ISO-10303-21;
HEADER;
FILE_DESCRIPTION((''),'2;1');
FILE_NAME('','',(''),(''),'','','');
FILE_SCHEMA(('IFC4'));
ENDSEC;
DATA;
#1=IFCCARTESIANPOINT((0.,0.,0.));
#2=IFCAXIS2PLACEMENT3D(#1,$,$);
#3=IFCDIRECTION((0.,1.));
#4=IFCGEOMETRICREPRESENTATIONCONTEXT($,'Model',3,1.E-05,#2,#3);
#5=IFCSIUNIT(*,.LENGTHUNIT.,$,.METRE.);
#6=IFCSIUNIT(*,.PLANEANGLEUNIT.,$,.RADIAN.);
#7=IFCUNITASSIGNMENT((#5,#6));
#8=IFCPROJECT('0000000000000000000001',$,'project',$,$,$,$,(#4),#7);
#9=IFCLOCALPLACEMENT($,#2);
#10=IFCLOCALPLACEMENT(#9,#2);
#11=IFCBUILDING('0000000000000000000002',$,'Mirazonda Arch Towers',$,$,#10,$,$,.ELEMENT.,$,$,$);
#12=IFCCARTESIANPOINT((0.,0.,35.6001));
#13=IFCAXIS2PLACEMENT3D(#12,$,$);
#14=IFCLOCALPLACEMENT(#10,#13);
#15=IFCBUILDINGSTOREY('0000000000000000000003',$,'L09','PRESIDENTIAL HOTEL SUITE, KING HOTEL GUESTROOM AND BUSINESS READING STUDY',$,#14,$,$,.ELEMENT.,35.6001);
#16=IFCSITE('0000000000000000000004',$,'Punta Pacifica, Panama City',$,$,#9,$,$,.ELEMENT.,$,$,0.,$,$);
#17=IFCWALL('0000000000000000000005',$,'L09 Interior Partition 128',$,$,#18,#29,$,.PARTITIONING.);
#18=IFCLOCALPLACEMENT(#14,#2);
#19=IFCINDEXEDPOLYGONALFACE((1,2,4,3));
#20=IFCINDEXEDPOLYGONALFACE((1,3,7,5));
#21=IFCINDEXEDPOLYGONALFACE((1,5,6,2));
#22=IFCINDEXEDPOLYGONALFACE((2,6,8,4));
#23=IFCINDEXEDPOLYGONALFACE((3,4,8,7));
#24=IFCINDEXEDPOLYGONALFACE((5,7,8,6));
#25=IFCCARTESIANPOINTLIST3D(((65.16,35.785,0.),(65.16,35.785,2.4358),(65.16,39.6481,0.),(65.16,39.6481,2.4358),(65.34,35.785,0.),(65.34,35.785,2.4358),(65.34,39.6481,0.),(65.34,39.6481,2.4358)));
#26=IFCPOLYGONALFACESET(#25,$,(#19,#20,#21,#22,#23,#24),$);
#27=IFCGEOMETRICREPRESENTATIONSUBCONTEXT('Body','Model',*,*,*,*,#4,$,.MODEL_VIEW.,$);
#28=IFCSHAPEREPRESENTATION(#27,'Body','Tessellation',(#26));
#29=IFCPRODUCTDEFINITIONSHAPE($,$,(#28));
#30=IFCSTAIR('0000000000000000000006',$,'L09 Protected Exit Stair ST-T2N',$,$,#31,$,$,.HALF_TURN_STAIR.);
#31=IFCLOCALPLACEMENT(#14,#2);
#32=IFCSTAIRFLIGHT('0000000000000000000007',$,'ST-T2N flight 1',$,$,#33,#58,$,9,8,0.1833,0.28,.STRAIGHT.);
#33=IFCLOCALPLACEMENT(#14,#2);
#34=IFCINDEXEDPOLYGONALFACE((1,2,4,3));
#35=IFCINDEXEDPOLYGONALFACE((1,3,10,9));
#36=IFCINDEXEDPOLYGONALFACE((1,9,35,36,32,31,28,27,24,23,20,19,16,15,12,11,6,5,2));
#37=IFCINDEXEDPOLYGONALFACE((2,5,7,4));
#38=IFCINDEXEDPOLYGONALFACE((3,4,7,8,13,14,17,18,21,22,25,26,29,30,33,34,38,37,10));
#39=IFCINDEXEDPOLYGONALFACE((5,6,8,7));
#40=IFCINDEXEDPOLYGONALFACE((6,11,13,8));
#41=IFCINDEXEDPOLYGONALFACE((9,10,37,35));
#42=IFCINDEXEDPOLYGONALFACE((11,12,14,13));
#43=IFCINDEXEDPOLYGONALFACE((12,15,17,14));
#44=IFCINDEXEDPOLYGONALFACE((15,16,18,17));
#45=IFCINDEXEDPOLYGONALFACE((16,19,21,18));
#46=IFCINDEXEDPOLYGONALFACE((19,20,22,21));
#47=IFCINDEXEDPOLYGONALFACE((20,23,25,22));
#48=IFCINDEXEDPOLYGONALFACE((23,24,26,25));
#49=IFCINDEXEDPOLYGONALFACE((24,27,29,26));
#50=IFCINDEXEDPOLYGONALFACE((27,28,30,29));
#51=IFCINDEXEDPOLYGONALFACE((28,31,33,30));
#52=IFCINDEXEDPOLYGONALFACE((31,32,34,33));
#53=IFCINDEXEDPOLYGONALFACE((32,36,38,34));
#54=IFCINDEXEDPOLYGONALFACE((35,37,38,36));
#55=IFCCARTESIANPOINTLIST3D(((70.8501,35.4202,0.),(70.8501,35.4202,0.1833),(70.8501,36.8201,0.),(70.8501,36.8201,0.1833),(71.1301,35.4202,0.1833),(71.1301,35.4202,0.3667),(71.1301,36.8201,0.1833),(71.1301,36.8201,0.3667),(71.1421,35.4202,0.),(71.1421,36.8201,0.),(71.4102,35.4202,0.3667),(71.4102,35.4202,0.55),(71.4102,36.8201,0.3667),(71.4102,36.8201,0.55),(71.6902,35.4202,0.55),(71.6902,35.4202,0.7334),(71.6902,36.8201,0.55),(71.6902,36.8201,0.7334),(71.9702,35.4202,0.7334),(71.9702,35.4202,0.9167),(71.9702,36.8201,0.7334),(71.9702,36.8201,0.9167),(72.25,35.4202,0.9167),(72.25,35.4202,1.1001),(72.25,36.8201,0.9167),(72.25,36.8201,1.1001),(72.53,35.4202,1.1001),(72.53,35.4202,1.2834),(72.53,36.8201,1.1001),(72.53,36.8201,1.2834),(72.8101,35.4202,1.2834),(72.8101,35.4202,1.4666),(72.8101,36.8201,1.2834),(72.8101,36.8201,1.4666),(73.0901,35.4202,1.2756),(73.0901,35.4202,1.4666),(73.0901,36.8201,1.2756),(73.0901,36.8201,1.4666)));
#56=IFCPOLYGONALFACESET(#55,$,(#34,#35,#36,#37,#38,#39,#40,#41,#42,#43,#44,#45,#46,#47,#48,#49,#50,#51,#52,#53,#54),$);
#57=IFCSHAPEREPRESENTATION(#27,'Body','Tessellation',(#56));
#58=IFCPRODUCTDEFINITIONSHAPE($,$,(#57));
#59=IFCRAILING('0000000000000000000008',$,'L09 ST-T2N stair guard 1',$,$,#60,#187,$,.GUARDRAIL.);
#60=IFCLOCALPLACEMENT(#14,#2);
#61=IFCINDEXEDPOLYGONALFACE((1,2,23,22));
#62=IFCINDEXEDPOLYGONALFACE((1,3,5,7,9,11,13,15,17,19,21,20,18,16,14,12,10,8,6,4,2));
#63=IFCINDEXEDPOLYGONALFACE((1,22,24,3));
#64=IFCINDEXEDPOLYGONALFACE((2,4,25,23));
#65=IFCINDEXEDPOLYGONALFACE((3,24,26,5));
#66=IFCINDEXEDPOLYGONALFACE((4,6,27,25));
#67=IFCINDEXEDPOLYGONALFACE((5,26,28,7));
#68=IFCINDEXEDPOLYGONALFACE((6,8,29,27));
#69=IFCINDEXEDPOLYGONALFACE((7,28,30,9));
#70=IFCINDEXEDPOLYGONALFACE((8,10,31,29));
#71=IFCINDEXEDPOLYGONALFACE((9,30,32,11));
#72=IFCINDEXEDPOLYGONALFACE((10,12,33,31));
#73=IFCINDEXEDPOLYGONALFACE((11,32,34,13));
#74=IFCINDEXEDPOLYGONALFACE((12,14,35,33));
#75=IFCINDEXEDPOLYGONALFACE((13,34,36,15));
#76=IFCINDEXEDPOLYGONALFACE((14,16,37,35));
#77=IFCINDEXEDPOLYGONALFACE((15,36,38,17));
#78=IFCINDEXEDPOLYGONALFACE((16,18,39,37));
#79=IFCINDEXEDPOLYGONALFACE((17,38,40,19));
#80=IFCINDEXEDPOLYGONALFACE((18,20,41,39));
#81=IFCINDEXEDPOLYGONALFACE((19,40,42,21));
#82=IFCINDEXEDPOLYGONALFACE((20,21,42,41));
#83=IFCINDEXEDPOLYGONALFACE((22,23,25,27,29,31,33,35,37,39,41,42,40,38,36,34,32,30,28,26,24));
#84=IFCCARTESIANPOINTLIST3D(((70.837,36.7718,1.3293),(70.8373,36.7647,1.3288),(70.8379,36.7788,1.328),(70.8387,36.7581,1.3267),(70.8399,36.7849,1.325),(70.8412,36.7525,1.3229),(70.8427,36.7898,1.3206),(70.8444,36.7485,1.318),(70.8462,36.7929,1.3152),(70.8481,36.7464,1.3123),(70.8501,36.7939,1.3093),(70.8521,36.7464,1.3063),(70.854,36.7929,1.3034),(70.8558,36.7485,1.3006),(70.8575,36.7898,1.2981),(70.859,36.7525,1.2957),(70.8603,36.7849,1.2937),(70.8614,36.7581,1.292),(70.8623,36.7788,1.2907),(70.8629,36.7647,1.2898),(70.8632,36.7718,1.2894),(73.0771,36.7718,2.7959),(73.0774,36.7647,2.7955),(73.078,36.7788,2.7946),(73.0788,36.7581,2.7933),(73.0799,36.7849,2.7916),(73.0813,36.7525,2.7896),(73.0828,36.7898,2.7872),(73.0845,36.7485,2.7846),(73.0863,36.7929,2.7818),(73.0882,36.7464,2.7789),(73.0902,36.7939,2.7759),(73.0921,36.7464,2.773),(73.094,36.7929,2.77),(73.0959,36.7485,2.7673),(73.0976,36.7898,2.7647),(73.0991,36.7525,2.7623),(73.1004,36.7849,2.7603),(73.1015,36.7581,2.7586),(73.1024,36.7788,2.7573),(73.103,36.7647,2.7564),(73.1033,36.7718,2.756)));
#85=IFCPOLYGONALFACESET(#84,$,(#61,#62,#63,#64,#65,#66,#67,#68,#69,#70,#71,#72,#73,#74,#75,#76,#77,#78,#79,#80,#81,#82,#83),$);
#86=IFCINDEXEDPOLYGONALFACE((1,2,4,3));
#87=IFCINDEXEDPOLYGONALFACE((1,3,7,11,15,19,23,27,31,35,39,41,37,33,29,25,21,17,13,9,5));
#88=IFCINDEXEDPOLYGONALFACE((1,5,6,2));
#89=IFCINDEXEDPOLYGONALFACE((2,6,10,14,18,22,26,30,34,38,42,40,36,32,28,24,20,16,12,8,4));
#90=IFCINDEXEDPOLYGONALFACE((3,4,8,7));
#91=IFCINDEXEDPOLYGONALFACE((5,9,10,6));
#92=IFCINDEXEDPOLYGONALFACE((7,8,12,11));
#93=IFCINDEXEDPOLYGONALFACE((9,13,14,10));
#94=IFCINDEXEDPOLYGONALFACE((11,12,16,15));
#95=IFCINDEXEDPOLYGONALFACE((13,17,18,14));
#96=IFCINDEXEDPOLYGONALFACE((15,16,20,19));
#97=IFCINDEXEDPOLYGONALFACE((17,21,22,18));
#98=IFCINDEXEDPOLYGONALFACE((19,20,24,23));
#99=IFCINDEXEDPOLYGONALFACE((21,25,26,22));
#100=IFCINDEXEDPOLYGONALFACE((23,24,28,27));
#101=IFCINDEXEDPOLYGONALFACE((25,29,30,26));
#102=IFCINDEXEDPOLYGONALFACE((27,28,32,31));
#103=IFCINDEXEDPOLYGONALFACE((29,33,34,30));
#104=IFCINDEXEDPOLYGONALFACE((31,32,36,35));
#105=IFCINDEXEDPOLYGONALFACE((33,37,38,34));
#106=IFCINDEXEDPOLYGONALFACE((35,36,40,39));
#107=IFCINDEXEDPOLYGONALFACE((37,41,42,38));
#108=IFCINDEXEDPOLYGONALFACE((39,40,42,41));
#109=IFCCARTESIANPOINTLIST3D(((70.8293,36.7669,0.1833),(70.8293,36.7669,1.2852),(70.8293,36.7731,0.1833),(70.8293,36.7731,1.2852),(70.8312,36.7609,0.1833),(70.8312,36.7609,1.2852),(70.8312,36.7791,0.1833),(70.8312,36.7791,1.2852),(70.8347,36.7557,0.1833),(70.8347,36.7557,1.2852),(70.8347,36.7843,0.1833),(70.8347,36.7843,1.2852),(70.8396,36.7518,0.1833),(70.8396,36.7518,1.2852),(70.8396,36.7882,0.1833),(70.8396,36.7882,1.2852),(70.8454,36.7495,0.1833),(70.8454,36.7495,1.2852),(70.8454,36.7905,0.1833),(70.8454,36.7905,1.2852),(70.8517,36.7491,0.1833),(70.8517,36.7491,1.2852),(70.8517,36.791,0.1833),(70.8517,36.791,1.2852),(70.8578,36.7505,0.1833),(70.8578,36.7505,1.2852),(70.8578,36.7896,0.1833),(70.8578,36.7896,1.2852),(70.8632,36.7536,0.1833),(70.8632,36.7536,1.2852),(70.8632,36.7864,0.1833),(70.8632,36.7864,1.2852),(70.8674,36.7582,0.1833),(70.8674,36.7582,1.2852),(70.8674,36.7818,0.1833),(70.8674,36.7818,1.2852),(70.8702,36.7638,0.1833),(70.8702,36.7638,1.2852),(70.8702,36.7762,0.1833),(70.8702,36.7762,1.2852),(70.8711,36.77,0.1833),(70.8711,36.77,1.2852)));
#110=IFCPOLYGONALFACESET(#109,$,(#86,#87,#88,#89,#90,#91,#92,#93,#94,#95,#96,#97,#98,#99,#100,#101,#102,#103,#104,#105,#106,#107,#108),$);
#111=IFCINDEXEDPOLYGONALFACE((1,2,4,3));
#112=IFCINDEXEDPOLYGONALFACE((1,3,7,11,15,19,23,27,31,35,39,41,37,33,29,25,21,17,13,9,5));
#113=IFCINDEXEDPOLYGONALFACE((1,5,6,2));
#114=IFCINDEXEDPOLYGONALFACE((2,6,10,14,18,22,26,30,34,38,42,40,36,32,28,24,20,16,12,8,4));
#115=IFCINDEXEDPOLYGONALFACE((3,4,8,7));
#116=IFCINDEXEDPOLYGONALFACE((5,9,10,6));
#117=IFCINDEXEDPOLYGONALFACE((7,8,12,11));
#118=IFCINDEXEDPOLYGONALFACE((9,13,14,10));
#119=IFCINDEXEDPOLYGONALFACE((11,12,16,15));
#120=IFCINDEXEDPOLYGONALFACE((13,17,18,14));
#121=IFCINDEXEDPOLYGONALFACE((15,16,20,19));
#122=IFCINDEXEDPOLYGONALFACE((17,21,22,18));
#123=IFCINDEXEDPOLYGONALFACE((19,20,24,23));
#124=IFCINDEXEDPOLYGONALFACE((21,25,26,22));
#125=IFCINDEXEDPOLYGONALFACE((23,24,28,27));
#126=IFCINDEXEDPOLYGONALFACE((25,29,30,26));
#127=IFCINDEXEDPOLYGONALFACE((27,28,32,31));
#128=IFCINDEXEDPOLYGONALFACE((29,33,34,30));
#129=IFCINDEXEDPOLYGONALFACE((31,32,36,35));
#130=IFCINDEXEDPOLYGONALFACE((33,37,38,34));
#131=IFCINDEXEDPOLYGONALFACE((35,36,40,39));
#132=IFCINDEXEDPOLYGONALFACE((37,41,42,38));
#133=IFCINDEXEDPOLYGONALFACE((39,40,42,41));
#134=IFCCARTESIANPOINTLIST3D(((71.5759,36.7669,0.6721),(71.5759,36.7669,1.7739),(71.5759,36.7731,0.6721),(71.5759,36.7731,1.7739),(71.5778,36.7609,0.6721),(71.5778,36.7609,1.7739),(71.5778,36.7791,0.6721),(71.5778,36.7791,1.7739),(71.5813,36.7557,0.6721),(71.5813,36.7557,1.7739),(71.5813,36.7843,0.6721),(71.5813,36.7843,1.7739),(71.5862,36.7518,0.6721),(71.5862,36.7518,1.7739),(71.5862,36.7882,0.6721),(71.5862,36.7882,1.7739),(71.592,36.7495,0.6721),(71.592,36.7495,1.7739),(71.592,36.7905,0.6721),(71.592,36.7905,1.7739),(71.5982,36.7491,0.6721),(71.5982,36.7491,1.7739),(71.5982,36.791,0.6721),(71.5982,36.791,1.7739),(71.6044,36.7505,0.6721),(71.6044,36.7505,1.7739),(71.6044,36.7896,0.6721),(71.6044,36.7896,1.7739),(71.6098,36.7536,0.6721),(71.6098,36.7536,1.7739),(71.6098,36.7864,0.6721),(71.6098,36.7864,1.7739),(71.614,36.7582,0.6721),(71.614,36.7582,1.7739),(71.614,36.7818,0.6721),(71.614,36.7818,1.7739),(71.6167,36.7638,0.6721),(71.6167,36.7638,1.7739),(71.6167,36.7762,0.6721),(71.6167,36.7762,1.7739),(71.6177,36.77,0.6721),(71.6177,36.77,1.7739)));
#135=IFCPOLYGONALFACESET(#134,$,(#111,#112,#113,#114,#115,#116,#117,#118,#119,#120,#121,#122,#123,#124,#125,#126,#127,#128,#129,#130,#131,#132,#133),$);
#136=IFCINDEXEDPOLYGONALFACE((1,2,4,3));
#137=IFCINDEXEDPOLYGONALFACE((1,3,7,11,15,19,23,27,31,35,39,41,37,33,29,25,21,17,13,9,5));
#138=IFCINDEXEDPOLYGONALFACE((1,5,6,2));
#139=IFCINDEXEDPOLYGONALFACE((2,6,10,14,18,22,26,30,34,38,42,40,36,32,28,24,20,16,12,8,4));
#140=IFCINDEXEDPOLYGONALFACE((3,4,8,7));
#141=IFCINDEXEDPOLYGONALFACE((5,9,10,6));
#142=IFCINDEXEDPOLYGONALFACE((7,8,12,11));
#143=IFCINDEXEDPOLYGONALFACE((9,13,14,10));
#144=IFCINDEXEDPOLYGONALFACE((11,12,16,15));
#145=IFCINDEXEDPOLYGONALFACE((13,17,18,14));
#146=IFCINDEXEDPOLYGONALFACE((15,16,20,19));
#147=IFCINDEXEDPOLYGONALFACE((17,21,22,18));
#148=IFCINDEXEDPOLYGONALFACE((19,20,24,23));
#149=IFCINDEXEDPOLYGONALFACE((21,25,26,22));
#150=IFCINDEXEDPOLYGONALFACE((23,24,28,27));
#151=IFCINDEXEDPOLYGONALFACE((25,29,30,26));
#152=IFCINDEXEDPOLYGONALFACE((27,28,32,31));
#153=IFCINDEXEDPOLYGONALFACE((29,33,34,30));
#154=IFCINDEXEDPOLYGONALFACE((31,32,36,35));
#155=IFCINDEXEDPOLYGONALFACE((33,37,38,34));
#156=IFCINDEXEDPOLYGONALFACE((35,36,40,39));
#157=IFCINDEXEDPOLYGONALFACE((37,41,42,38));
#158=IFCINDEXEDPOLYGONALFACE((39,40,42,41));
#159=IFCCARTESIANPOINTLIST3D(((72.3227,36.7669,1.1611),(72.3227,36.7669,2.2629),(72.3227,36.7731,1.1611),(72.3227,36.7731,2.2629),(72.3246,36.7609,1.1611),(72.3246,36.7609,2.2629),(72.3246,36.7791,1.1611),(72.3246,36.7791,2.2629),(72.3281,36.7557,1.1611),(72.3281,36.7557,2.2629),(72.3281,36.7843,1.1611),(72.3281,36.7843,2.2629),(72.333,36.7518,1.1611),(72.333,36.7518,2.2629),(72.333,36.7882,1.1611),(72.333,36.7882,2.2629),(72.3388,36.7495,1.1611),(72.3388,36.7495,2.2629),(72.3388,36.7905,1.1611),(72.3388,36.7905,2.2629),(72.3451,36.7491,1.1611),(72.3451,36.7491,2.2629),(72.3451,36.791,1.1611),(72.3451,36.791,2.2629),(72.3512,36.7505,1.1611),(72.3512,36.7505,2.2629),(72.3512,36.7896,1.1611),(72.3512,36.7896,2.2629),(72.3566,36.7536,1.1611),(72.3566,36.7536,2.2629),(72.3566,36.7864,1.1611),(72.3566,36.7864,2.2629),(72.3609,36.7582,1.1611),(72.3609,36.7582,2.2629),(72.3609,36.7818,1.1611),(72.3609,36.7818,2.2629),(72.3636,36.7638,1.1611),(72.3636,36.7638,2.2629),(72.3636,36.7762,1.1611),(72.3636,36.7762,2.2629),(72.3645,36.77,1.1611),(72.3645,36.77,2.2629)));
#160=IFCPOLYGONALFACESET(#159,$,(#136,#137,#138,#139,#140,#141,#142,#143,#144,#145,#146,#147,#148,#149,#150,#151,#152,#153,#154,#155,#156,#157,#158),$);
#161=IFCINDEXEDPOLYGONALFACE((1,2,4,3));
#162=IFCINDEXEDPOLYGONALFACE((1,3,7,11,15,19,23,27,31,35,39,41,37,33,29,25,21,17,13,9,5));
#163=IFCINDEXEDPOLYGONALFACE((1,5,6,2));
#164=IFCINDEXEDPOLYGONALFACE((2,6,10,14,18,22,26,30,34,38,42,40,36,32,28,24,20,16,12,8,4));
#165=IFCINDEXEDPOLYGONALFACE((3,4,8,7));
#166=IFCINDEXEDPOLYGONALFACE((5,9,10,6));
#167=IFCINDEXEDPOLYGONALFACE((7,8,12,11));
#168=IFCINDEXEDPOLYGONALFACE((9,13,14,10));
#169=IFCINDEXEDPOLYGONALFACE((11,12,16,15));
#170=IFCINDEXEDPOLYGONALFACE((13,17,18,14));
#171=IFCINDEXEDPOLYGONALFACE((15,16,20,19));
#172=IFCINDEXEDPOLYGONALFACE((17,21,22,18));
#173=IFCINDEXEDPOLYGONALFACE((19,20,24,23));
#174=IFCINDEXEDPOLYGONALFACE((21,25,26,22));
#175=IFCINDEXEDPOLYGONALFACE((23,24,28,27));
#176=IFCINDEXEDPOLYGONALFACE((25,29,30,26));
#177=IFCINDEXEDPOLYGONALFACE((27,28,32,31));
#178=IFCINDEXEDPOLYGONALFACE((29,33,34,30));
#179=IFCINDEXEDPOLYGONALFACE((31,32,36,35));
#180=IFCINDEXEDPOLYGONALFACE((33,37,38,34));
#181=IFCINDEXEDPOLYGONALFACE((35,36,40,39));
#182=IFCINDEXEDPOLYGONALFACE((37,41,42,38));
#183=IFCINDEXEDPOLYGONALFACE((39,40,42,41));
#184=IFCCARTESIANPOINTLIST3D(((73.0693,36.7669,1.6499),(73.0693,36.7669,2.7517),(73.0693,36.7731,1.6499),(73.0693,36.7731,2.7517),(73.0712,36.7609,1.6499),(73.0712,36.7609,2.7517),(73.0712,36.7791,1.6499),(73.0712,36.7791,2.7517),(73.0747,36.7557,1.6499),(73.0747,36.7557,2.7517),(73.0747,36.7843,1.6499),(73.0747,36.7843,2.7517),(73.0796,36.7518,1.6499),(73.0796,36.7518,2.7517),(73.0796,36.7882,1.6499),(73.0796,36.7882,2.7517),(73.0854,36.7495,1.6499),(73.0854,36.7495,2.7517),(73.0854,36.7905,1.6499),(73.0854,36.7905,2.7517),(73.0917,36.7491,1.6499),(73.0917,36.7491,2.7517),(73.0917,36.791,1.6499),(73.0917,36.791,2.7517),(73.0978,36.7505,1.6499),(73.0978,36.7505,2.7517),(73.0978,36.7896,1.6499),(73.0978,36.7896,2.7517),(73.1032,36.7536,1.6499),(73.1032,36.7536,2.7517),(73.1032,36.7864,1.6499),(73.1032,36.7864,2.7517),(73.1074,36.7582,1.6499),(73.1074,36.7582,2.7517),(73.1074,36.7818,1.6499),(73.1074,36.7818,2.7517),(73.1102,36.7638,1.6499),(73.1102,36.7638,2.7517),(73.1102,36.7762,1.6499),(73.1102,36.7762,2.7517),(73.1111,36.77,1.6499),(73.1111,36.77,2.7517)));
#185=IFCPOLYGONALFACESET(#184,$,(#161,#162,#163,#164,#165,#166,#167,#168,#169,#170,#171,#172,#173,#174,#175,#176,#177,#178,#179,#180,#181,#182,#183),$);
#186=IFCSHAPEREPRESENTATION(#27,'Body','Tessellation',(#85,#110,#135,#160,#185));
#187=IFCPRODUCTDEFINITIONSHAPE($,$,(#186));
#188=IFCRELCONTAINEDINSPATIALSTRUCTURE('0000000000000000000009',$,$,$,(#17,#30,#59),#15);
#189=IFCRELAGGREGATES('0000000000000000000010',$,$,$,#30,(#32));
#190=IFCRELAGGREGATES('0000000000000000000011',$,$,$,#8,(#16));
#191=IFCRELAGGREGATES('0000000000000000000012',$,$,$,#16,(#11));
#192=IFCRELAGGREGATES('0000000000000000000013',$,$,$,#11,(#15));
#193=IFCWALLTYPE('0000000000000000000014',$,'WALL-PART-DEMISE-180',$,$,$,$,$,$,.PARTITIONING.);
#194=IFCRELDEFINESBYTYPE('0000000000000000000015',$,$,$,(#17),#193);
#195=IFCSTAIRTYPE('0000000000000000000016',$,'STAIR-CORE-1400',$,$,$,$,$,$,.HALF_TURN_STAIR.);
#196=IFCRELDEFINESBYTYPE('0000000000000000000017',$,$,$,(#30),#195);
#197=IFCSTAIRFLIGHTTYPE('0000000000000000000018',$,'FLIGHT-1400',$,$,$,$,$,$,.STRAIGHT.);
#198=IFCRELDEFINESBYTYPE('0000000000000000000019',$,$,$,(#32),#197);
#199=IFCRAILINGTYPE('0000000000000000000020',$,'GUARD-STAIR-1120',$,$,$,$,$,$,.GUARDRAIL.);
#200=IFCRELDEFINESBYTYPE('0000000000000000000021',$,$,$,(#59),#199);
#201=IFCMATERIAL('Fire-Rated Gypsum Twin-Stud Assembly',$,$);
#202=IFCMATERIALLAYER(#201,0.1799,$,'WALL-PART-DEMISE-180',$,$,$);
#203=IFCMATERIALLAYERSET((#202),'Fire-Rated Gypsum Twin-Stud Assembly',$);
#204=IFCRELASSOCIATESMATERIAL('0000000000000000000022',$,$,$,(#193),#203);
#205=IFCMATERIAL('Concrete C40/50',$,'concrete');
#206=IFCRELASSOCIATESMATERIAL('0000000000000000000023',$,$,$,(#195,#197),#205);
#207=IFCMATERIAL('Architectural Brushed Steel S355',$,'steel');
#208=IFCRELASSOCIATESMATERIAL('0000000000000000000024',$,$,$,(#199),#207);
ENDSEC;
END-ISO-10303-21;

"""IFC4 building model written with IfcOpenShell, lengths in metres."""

from ifc_helpers import new_model, si_unit, direction, frame, frame_2d, origin, origin_2d, place, context, subcontext, project, spatial, polyline, rectangle, circle, outline, extrude, material, layer, layer_set, type_object, element, aggregate, save


model = new_model("IFC4")

# Units and contexts
model_context = context("Model", 3, precision=1e-05, world=origin(), true_north=direction((0.0, 1.0)))
body_context = subcontext(model_context, "Body", "Model", "MODEL_VIEW")
ifc_project = project(units=[si_unit("LENGTHUNIT", "METRE"), si_unit("PLANEANGLEUNIT", "RADIAN")], contexts=[model_context])

# Site, building, storey
site_placement = place(None, origin())
site = spatial("IfcSite", under=ifc_project, at=site_placement, Name="Punta Pacifica, Panama City", CompositionType="ELEMENT", RefElevation=0.0)
building_placement = place(site_placement, origin())
building = spatial("IfcBuilding", under=site, at=building_placement, Name="Mirazonda Arch Towers", CompositionType="ELEMENT")
storey_placement = place(building_placement, frame((0.0, 0.0, 35.6001)))
storey = spatial("IfcBuildingStorey", under=building, at=storey_placement, Name="L09", Description="PRESIDENTIAL HOTEL SUITE, KING HOTEL GUESTROOM AND BUSINESS READING STUDY", CompositionType="ELEMENT", Elevation=35.6001)

# Wall
ifc_material_1 = material(Name="Fire-Rated Gypsum Twin-Stud Assembly")
ifc_layer_1 = layer(ifc_material_1, 0.1799, Name="WALL-PART-DEMISE-180")
ifc_layer_set_1 = layer_set([ifc_layer_1], Name="Fire-Rated Gypsum Twin-Stud Assembly")
wall_type_1 = type_object("IfcWallType", Name="WALL-PART-DEMISE-180", PredefinedType="PARTITIONING", material=ifc_layer_set_1)
wall_1_placement = place(storey_placement, frame((65.25, 35.7849, 0.0), z_axis=(0.0, 0.0, 1.0), x_axis=(0.0, 1.0, 0.0)))
element("IfcWall", 1, at=wall_1_placement, inside=storey, type_object=wall_type_1, Name="L09 Interior Partition 128", PredefinedType="PARTITIONING", context=body_context, shape_type="SweptSolid", body=[
    extrude(rectangle(XDim=3.863, YDim=0.1799, at=frame_2d((1.9316, 0.0))), origin(), (0.0, 0.0, 1.0), 2.4358),
])

# Stair, stair flight
ifc_material_2 = material(Name="Concrete C40/50", Category="concrete")
stair_type = type_object("IfcStairType", Name="STAIR-CORE-1400", PredefinedType="HALF_TURN_STAIR", material=ifc_material_2)
stair_placement = place(storey_placement, origin())
stair = element("IfcStair", 2, at=stair_placement, inside=storey, type_object=stair_type, Name="L09 Protected Exit Stair ST-T2N", PredefinedType="HALF_TURN_STAIR")
stair_flight_type = type_object("IfcStairFlightType", Name="FLIGHT-1400", PredefinedType="STRAIGHT", material=ifc_material_2)
stair_flight_placement = place(storey_placement, frame((70.8501, 36.1201, 0.0), z_axis=(0.0, 0.0, 1.0), x_axis=(1.0, 0.0, 0.0)))
stair_flight = element("IfcStairFlight", 3, at=stair_flight_placement, type_object=stair_flight_type, Name="ST-T2N flight 1", NumberOfRisers=9, NumberOfTreads=8, PredefinedType="STRAIGHT", RiserHeight=0.1833, TreadLength=0.28, context=body_context, shape_type="SweptSolid", body=[
    extrude(outline(polyline([(0.0, 0.0), (0.0, 0.1833), (0.28, 0.1833), (0.28, 0.3667), (0.5601, 0.3667), (0.5601, 0.55), (0.8401, 0.55), (0.8401, 0.7334), (1.1201, 0.7334), (1.1201, 0.9167), (1.3999, 0.9167), (1.3999, 1.1001), (1.6799, 1.1001), (1.6799, 1.2834), (1.96, 1.2834), (1.96, 1.4666), (2.24, 1.4666), (2.24, 1.6499), (2.24, 1.2756), (0.292, 0.0), (0.0, 0.0)])), frame((0.0, 0.7, 0.0), z_axis=(0.0, -1.0, 0.0), x_axis=(1.0, 0.0, 0.0)), (0.0, 0.0, 1.0), 1.3999),
])
aggregate(stair, [stair_flight])

# Railing
ifc_material_3 = material(Name="Architectural Brushed Steel S355", Category="steel")
railing_type_1 = type_object("IfcRailingType", Name="GUARD-STAIR-1120", PredefinedType="GUARDRAIL", material=ifc_material_3)
railing_1_placement = place(storey_placement, frame((70.8501, 36.77, 0.1833)))
element("IfcRailing", 4, at=railing_1_placement, inside=storey, type_object=railing_type_1, Name="L09 ST-T2N stair guard 1", PredefinedType="GUARDRAIL", context=body_context, shape_type="SweptSolid", body=[
    extrude(circle(Radius=0.0239, at=origin_2d()), frame((0.0, 0.0, 1.126), z_axis=(0.836637, 0.0, 0.547758), x_axis=(0.0, 1.0, 0.0)), (0.0, 0.0, 1.0), 2.6775),
    extrude(circle(Radius=0.021, at=origin_2d()), origin(), (0.0, 0.0, 1.0), 1.1018),
    extrude(circle(Radius=0.021, at=origin_2d()), frame((0.7466, 0.0, 0.4888)), (0.0, 0.0, 1.0), 1.1018),
    extrude(circle(Radius=0.021, at=origin_2d()), frame((1.4934, 0.0, 0.9778)), (0.0, 0.0, 1.0), 1.1018),
    extrude(circle(Radius=0.021, at=origin_2d()), frame((2.24, 0.0, 1.4666)), (0.0, 0.0, 1.0), 1.1018),
])

save(model, "model.ifc")
